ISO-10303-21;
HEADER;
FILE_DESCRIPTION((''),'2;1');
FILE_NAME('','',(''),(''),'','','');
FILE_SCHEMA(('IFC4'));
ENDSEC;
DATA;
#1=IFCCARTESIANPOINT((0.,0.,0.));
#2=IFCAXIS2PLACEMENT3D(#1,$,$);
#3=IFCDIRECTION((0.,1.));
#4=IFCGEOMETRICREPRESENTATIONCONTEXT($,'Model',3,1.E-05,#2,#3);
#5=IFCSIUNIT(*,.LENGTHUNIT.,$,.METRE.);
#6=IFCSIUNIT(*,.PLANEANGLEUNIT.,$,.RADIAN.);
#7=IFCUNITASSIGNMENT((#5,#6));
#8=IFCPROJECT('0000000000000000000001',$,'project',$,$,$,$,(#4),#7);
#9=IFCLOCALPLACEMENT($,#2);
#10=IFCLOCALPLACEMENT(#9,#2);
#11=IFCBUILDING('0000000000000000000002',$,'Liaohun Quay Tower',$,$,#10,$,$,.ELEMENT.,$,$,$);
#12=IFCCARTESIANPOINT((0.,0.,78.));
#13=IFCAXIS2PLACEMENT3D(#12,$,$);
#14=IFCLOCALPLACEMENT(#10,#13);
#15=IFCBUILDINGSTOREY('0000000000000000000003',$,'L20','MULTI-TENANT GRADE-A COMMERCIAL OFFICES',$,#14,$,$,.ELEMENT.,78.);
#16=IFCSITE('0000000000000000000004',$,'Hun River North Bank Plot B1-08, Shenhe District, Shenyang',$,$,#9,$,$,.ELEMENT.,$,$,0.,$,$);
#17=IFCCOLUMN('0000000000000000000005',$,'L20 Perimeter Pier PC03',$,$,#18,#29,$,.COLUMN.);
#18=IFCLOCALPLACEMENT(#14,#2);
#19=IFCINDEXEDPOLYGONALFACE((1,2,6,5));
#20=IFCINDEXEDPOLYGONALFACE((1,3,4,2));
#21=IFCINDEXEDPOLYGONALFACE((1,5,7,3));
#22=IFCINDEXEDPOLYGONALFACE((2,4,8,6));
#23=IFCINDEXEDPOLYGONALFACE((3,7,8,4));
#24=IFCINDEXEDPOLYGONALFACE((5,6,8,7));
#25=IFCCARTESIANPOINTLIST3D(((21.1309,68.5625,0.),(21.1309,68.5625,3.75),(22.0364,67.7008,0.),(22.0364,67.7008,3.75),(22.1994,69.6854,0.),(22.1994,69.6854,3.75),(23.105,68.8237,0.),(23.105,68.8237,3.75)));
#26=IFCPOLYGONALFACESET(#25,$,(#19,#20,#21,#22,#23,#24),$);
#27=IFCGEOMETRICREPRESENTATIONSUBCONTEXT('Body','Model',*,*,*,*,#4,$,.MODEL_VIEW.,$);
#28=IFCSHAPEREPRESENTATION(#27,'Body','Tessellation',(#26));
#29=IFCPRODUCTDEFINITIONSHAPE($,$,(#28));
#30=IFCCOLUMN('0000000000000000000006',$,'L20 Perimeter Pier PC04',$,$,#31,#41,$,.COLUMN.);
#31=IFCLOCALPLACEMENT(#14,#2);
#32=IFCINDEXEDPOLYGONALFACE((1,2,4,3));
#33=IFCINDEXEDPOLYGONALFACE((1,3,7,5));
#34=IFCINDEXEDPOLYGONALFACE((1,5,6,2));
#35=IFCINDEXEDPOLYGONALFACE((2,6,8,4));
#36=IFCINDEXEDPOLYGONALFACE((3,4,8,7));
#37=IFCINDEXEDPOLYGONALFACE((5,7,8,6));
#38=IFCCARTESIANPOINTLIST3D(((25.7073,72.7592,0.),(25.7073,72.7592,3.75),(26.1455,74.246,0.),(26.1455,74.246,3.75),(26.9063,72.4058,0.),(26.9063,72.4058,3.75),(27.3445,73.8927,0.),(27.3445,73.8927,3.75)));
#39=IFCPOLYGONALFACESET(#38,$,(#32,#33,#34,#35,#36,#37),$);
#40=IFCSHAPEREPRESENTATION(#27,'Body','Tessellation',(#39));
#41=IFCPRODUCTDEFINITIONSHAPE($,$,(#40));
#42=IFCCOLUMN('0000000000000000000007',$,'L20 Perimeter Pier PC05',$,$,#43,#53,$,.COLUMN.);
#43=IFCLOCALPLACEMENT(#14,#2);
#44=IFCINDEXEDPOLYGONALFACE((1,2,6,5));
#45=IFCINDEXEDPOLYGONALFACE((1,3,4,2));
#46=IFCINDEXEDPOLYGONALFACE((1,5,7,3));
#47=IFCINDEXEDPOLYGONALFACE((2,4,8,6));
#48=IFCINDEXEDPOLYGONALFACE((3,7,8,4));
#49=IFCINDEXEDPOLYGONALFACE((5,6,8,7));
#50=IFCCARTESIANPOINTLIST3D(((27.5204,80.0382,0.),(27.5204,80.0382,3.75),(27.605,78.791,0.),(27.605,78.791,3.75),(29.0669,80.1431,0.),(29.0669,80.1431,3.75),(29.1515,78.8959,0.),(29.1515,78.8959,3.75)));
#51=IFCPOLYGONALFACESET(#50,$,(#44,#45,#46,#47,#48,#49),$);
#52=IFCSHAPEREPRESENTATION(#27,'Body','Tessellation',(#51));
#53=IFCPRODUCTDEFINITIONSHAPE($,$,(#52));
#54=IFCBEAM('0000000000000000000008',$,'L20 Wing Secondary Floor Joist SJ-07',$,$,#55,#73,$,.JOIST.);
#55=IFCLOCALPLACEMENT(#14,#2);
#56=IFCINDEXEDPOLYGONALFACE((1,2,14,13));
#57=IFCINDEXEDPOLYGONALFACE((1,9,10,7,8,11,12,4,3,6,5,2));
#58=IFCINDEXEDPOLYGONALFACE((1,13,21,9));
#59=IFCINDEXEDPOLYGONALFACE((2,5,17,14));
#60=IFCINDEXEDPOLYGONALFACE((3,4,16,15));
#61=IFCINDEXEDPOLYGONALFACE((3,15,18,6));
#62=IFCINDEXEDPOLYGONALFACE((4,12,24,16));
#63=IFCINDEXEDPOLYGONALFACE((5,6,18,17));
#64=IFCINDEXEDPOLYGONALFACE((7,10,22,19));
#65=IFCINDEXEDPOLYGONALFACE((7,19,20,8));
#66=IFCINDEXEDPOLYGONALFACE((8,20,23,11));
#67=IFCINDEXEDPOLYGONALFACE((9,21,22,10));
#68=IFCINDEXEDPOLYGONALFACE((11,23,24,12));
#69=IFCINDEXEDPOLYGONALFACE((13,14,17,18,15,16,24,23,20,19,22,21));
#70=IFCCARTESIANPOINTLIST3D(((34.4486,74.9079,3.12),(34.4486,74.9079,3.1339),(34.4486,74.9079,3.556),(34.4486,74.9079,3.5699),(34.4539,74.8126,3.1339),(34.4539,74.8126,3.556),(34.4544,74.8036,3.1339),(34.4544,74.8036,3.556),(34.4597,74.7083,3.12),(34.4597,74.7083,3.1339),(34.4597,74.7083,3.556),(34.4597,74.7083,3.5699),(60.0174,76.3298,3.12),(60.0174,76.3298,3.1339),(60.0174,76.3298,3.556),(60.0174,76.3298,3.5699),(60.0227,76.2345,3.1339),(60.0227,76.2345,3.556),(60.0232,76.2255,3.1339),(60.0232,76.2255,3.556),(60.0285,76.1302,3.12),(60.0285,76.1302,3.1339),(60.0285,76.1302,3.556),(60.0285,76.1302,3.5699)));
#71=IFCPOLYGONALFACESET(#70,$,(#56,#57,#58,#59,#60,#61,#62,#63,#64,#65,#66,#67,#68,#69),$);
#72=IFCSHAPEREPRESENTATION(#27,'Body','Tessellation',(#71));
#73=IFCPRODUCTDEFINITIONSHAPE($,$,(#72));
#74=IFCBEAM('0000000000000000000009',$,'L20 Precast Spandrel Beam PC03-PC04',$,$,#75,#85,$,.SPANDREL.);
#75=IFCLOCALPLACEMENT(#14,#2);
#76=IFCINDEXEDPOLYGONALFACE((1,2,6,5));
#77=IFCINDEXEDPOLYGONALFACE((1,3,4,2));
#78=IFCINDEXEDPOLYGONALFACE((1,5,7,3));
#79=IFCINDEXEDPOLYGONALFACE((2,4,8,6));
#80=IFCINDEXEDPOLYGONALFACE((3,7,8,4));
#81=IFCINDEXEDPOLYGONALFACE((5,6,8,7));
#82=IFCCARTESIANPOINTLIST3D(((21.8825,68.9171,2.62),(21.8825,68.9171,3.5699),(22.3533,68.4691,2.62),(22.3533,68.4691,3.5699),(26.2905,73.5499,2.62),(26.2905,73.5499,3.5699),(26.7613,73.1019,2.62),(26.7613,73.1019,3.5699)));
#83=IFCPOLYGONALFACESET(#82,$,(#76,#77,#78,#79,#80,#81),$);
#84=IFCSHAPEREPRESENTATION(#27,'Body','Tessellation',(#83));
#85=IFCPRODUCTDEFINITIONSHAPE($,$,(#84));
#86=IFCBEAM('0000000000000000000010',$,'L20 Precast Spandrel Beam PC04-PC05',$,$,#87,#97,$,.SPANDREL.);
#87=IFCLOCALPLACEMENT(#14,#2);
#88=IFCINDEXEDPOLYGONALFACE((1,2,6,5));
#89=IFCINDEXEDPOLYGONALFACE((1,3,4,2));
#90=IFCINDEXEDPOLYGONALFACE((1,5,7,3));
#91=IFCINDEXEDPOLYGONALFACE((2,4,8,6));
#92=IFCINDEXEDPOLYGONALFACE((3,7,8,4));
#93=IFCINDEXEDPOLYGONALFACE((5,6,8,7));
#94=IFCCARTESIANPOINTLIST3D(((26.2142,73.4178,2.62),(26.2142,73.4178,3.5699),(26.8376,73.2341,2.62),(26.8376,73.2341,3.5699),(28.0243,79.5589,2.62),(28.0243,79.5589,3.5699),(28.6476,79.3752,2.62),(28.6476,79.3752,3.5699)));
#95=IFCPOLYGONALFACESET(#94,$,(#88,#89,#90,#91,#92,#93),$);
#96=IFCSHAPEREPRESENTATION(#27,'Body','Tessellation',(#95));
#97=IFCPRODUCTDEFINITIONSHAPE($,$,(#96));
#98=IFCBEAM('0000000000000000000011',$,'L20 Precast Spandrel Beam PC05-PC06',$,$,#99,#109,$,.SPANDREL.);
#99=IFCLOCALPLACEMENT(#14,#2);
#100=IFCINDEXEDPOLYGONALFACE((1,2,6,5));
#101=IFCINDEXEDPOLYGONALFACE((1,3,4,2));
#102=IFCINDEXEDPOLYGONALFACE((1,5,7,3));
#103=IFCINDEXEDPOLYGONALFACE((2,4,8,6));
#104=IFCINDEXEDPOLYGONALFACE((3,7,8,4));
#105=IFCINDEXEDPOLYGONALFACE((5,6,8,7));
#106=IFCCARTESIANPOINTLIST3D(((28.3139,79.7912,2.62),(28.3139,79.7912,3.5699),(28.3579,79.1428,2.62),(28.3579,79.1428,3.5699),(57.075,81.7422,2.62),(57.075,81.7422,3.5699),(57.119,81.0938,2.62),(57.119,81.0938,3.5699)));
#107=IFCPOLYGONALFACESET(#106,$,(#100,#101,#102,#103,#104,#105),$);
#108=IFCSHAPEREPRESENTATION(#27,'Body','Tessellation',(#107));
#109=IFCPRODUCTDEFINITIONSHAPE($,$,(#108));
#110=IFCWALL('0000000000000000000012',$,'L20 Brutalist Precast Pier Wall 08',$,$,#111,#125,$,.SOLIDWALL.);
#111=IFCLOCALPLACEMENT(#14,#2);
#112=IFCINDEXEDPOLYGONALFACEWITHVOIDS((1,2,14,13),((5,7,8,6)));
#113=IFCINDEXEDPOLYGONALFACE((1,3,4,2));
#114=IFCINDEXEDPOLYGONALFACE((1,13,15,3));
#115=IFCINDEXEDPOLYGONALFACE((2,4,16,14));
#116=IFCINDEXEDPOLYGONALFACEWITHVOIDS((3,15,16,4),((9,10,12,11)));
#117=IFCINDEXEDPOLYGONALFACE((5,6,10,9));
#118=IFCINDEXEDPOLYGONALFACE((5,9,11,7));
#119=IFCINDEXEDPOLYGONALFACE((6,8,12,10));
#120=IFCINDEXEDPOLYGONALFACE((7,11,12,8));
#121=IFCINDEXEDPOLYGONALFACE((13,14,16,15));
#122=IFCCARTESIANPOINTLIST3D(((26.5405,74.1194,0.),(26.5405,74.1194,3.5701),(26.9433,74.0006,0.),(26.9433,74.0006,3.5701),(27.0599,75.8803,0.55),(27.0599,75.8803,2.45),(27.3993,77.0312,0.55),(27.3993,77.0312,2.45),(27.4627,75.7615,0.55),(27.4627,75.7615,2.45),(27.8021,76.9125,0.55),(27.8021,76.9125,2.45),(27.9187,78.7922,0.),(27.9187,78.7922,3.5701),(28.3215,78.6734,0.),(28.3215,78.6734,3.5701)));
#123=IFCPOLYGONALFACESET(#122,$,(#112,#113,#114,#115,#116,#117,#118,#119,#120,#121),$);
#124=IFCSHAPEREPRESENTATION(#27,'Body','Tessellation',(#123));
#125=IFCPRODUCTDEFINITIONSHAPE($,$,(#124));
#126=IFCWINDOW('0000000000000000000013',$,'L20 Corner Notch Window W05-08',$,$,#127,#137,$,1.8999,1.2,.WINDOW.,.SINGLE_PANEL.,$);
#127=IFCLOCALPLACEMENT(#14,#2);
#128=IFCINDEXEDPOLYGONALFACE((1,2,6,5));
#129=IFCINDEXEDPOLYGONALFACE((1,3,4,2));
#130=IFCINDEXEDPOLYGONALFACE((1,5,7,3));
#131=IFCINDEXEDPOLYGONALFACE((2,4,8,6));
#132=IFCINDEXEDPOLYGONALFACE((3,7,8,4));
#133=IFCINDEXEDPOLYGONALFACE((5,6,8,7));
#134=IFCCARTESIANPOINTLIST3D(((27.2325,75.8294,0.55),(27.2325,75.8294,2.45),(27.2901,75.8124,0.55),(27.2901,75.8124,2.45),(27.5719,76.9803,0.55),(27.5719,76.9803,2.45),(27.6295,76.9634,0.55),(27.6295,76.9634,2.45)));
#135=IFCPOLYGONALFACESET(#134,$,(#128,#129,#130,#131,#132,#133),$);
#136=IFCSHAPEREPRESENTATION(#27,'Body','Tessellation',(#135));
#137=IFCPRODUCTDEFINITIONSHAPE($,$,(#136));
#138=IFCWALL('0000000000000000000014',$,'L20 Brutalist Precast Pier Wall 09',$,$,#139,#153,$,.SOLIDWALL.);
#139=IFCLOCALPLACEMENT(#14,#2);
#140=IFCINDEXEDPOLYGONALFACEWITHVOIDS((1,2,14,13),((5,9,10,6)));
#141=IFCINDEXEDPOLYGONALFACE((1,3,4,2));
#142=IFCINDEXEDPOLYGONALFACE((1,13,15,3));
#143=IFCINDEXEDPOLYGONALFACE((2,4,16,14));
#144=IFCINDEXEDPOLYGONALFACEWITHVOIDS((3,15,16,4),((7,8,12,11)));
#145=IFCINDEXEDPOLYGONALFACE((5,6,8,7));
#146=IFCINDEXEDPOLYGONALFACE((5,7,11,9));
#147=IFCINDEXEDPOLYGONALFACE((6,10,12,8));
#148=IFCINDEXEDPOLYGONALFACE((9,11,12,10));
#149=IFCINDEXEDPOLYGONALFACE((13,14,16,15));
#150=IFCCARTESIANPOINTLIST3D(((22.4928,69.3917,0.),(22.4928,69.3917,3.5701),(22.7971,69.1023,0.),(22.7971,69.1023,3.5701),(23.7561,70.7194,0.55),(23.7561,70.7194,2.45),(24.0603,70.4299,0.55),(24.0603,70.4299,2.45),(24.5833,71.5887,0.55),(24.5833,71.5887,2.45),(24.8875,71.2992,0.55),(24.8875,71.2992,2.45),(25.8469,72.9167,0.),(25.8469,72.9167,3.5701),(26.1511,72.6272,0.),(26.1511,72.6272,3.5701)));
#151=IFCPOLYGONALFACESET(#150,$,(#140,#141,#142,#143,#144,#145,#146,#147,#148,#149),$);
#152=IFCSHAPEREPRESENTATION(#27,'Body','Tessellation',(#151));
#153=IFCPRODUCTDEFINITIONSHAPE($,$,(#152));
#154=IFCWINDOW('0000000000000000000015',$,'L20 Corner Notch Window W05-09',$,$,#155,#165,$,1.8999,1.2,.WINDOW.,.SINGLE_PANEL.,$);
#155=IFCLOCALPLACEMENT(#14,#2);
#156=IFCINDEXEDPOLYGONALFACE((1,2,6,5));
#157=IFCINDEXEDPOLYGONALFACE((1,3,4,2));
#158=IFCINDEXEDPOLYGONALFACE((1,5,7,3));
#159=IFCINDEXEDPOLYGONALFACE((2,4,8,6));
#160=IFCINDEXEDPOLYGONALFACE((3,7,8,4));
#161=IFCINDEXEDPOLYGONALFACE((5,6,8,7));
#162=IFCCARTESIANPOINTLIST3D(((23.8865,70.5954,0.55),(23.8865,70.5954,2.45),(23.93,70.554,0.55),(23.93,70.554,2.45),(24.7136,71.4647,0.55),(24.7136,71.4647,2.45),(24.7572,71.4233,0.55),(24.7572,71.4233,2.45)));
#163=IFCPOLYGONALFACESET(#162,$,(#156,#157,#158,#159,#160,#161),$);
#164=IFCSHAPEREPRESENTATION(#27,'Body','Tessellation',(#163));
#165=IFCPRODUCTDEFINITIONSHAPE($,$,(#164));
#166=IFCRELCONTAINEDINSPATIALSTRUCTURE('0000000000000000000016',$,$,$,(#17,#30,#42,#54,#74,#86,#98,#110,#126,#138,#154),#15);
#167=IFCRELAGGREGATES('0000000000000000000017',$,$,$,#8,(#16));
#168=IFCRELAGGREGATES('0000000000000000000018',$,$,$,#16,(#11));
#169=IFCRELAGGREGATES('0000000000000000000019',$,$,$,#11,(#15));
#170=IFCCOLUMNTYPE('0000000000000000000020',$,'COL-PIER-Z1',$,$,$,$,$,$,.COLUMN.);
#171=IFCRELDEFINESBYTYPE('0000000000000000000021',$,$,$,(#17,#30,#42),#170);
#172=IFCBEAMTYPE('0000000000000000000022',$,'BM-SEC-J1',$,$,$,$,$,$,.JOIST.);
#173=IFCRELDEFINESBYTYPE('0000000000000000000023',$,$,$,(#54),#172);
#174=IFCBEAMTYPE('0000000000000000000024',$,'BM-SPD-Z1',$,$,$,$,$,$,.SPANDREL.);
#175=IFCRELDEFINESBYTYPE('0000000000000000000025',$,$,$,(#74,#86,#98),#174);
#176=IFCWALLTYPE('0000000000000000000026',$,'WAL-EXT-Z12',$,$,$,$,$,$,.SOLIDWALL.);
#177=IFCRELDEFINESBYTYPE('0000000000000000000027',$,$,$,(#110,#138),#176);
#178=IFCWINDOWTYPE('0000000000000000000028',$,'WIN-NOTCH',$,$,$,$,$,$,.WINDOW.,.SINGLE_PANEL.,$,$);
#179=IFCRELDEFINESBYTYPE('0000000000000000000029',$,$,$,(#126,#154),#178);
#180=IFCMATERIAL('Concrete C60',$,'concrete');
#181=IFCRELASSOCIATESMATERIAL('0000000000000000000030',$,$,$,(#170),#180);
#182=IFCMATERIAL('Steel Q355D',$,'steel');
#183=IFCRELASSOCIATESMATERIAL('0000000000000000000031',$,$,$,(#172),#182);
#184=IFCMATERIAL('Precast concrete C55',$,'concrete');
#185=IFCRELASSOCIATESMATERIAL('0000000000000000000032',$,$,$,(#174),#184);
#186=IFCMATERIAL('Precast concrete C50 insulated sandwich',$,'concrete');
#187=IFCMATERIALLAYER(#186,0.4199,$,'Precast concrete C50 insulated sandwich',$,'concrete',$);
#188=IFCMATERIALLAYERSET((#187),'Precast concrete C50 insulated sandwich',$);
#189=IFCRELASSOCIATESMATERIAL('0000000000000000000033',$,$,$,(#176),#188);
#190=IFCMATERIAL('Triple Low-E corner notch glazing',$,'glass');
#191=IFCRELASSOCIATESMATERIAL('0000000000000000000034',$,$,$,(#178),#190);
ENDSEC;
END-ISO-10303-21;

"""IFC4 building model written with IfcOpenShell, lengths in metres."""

from ifc_helpers import new_model, si_unit, direction, frame, frame_2d, origin, origin_2d, place, context, subcontext, project, spatial, rectangle, i_section, extrude, source, transform, mapped, material, layer, layer_set, material_profile, profile_set, type_object, element, fill, save


model = new_model("IFC4")

# Units and contexts
model_context = context("Model", 3, precision=1e-05, world=origin(), true_north=direction((0.0, 1.0)))
body_context = subcontext(model_context, "Body", "Model", "MODEL_VIEW")
ifc_project = project(units=[si_unit("LENGTHUNIT", "METRE"), si_unit("PLANEANGLEUNIT", "RADIAN")], contexts=[model_context])

# Site, building, storey
site_placement = place(None, origin())
site = spatial("IfcSite", under=ifc_project, at=site_placement, Name="Hun River North Bank Plot B1-08, Shenhe District, Shenyang", CompositionType="ELEMENT", RefElevation=0.0)
building_placement = place(site_placement, origin())
building = spatial("IfcBuilding", under=site, at=building_placement, Name="Liaohun Quay Tower", CompositionType="ELEMENT")
storey_placement = place(building_placement, frame((0.0, 0.0, 78.0)))
storey = spatial("IfcBuildingStorey", under=building, at=storey_placement, Name="L20", Description="MULTI-TENANT GRADE-A COMMERCIAL OFFICES", CompositionType="ELEMENT", Elevation=78.0)

# Columns
ifc_material_1 = material(Name="Concrete C60", Category="concrete")
ifc_material_profile_1 = material_profile(ifc_material_1, rectangle(XDim=1.55, YDim=1.25, at=origin_2d()), Name="RC1550x1250")
ifc_profile_set_1 = profile_set([ifc_material_profile_1], Name="Concrete C60")
column_type = type_object("IfcColumnType", Name="COL-PIER-Z1", PredefinedType="COLUMN", material=ifc_profile_set_1)
shared_shape_1 = source(origin(), body_context, "Body", "SweptSolid", [
    extrude(rectangle(XDim=1.55, YDim=1.25, at=origin_2d()), origin(), (0.0, 0.0, 1.0), 3.75),
])
for number, where, z_axis, x_axis, name in (
    (1, (22.1179, 68.6931, 0.0), (0.0, 0.0, 1.0), (0.689367, 0.724413, 0.0), "L20 Perimeter Pier PC03"),
    (2, (26.5259, 73.3259, 0.0), (0.0, 0.0, 1.0), (0.282676, 0.959215, 0.0), "L20 Perimeter Pier PC04"),
    (3, (28.3359, 79.467, 0.0), (0.0, 0.0, 1.0), (0.997708, 0.067667, 0.0), "L20 Perimeter Pier PC05"),
):
    element("IfcColumn", number, at=place(storey_placement, frame(where, z_axis=z_axis, x_axis=x_axis)), inside=storey, type_object=column_type, Name=name, PredefinedType="COLUMN", context=body_context, shape_type="MappedRepresentation", body=[
        mapped(shared_shape_1, transform((0.0, 0.0, 0.0), x_axis=(1.0, 0.0, 0.0), y_axis=(0.0, 1.0, 0.0), z_axis=(0.0, 0.0, 1.0), scale=1.0)),
    ])

# Beams
ifc_material_2 = material(Name="Steel Q355D", Category="steel")
ifc_material_profile_2 = material_profile(ifc_material_2, i_section(OverallWidth=0.2, OverallDepth=0.45, WebThickness=0.009, FlangeThickness=0.0139, at=origin_2d()), Name="HN450x200x9x14")
ifc_profile_set_2 = profile_set([ifc_material_profile_2], Name="Steel Q355D")
beam_type_1 = type_object("IfcBeamType", Name="BM-SEC-J1", PredefinedType="JOIST", material=ifc_profile_set_2)
shared_shape_2 = source(origin(), body_context, "Body", "SweptSolid", [
    extrude(i_section(OverallWidth=0.2, OverallDepth=0.45, WebThickness=0.009, FlangeThickness=0.0139, at=origin_2d()), origin(), (0.0, 0.0, 1.0), 25.6084),
])
beam_1_placement = place(storey_placement, frame((34.4541, 74.8081, 3.345), z_axis=(0.998457, 0.055524, 0.0), x_axis=(-0.055524, 0.998457, 0.0)))
element("IfcBeam", 4, at=beam_1_placement, inside=storey, type_object=beam_type_1, Name="L20 Wing Secondary Floor Joist SJ-07", PredefinedType="JOIST", context=body_context, shape_type="MappedRepresentation", body=[
    mapped(shared_shape_2, transform((0.0, 0.0, 0.0), x_axis=(1.0, 0.0, 0.0), y_axis=(0.0, 1.0, 0.0), z_axis=(0.0, 0.0, 1.0), scale=1.0)),
])
ifc_material_3 = material(Name="Precast concrete C55", Category="concrete")
ifc_material_profile_3 = material_profile(ifc_material_3, rectangle(XDim=0.6499, YDim=0.95, at=origin_2d()), Name="RC650x950")
ifc_profile_set_3 = profile_set([ifc_material_profile_3], Name="Precast concrete C55")
beam_type_2 = type_object("IfcBeamType", Name="BM-SPD-Z1", PredefinedType="SPANDREL", material=ifc_profile_set_3)
shared_shape_3 = source(origin(), body_context, "Body", "SweptSolid", [
    extrude(rectangle(XDim=0.6499, YDim=0.95, at=origin_2d()), origin(), (0.0, 0.0, 1.0), 6.3948),
])
beam_2_placement = place(storey_placement, frame((22.1179, 68.6931, 3.095), z_axis=(0.689307, 0.724469, 0.0), x_axis=(-0.724469, 0.689307, 0.0)))
element("IfcBeam", 5, at=beam_2_placement, inside=storey, type_object=beam_type_2, Name="L20 Precast Spandrel Beam PC03-PC04", PredefinedType="SPANDREL", context=body_context, shape_type="MappedRepresentation", body=[
    mapped(shared_shape_3, transform((0.0, 0.0, 0.0), x_axis=(1.0, 0.0, 0.0), y_axis=(0.0, 1.0, 0.0), z_axis=(0.0, 0.0, 1.0), scale=1.0)),
])
shared_shape_4 = source(origin(), body_context, "Body", "SweptSolid", [
    extrude(rectangle(XDim=0.6499, YDim=0.95, at=origin_2d()), origin(), (0.0, 0.0, 1.0), 6.4023),
])
beam_3_placement = place(storey_placement, frame((26.5259, 73.3259, 3.095), z_axis=(0.28272, 0.959203, 0.0), x_axis=(-0.959203, 0.28272, 0.0)))
element("IfcBeam", 6, at=beam_3_placement, inside=storey, type_object=beam_type_2, Name="L20 Precast Spandrel Beam PC04-PC05", PredefinedType="SPANDREL", context=body_context, shape_type="MappedRepresentation", body=[
    mapped(shared_shape_4, transform((0.0, 0.0, 0.0), x_axis=(1.0, 0.0, 0.0), y_axis=(0.0, 1.0, 0.0), z_axis=(0.0, 0.0, 1.0), scale=1.0)),
])
shared_shape_5 = source(origin(), body_context, "Body", "SweptSolid", [
    extrude(rectangle(XDim=0.6499, YDim=0.95, at=origin_2d()), origin(), (0.0, 0.0, 1.0), 28.8271),
])
beam_4_placement = place(storey_placement, frame((28.3359, 79.467, 3.095), z_axis=(0.997707, 0.067677, 0.0), x_axis=(-0.067677, 0.997707, 0.0)))
element("IfcBeam", 7, at=beam_4_placement, inside=storey, type_object=beam_type_2, Name="L20 Precast Spandrel Beam PC05-PC06", PredefinedType="SPANDREL", context=body_context, shape_type="MappedRepresentation", body=[
    mapped(shared_shape_5, transform((0.0, 0.0, 0.0), x_axis=(1.0, 0.0, 0.0), y_axis=(0.0, 1.0, 0.0), z_axis=(0.0, 0.0, 1.0), scale=1.0)),
])

# Walls, openings, windows
ifc_material_4 = material(Name="Precast concrete C50 insulated sandwich", Category="concrete")
ifc_layer_1 = layer(ifc_material_4, 0.4199, Name="Precast concrete C50 insulated sandwich", Category="concrete")
ifc_layer_set_1 = layer_set([ifc_layer_1], Name="Precast concrete C50 insulated sandwich")
wall_type_1 = type_object("IfcWallType", Name="WAL-EXT-Z12", PredefinedType="SOLIDWALL", material=ifc_layer_set_1)
wall_1_placement = place(storey_placement, frame((28.1201, 78.7329, 0.0), z_axis=(0.0, 0.0, 1.0), x_axis=(-0.282885, -0.959154, 0.0)))
wall_1 = element("IfcWall", 8, at=wall_1_placement, inside=storey, type_object=wall_type_1, Name="L20 Brutalist Precast Pier Wall 08", PredefinedType="SOLIDWALL", context=body_context, shape_type="SweptSolid", body=[
    extrude(rectangle(XDim=4.8718, YDim=0.4199, at=frame_2d((2.436, 0.0))), origin(), (0.0, 0.0, 1.0), 3.5701),
])
shared_shape_6 = source(origin(), body_context, "Body", "SweptSolid", [
    extrude(rectangle(XDim=1.2, YDim=1.8999, at=frame_2d((0.6001, 0.95))), frame((0.0, 0.22, 0.0), z_axis=(0.0, -1.0, 0.0), x_axis=(1.0, 0.0, 0.0)), (0.0, 0.0, 1.0), 0.4399),
])
opening_1_placement = place(wall_1_placement, frame((1.8359, 0.0, 0.55)))
opening_1 = element("IfcOpeningElement", 9, at=opening_1_placement, cuts=wall_1, PredefinedType="OPENING", context=body_context, shape_type="MappedRepresentation", body=[
    mapped(shared_shape_6, transform((0.0, 0.0, 0.0), x_axis=(1.0, 0.0, 0.0), y_axis=(0.0, 1.0, 0.0), z_axis=(0.0, 0.0, 1.0), scale=1.0)),
])
ifc_material_5 = material(Name="Triple Low-E corner notch glazing", Category="glass")
window_type_1 = type_object("IfcWindowType", Name="WIN-NOTCH", PartitioningType="SINGLE_PANEL", PredefinedType="WINDOW", material=ifc_material_5)
shared_shape_7 = source(origin(), body_context, "Body", "SweptSolid", [
    extrude(rectangle(XDim=1.2, YDim=1.8999, at=frame_2d((0.6001, 0.95))), frame((0.0, 0.03, 0.0), z_axis=(0.0, -1.0, 0.0), x_axis=(1.0, 0.0, 0.0)), (0.0, 0.0, 1.0), 0.0601),
])
window_1_placement = place(opening_1_placement, origin())
window_1 = element("IfcWindow", 10, at=window_1_placement, inside=storey, type_object=window_type_1, Name="L20 Corner Notch Window W05-08", OverallHeight=1.8999, OverallWidth=1.2, PartitioningType="SINGLE_PANEL", PredefinedType="WINDOW", context=body_context, shape_type="MappedRepresentation", body=[
    mapped(shared_shape_7, transform((0.0, 0.0, 0.0), x_axis=(1.0, 0.0, 0.0), y_axis=(0.0, 1.0, 0.0), z_axis=(0.0, 0.0, 1.0), scale=1.0)),
])
fill(opening_1, window_1)
wall_2_placement = place(storey_placement, frame((25.999, 72.772, 0.0), z_axis=(0.0, 0.0, 1.0), x_axis=(-0.689327, -0.72445, 0.0)))
wall_2 = element("IfcWall", 11, at=wall_2_placement, inside=storey, type_object=wall_type_1, Name="L20 Brutalist Precast Pier Wall 09", PredefinedType="SOLIDWALL", context=body_context, shape_type="SweptSolid", body=[
    extrude(rectangle(XDim=4.8657, YDim=0.4199, at=frame_2d((2.4329, 0.0))), origin(), (0.0, 0.0, 1.0), 3.5701),
])
opening_2_placement = place(wall_2_placement, frame((1.833, 0.0, 0.55)))
opening_2 = element("IfcOpeningElement", 12, at=opening_2_placement, cuts=wall_2, PredefinedType="OPENING", context=body_context, shape_type="MappedRepresentation", body=[
    mapped(shared_shape_6, transform((0.0, 0.0, 0.0), x_axis=(1.0, 0.0, 0.0), y_axis=(0.0, 1.0, 0.0), z_axis=(0.0, 0.0, 1.0), scale=1.0)),
])
window_2_placement = place(opening_2_placement, origin())
window_2 = element("IfcWindow", 13, at=window_2_placement, inside=storey, type_object=window_type_1, Name="L20 Corner Notch Window W05-09", OverallHeight=1.8999, OverallWidth=1.2, PartitioningType="SINGLE_PANEL", PredefinedType="WINDOW", context=body_context, shape_type="MappedRepresentation", body=[
    mapped(shared_shape_7, transform((0.0, 0.0, 0.0), x_axis=(1.0, 0.0, 0.0), y_axis=(0.0, 1.0, 0.0), z_axis=(0.0, 0.0, 1.0), scale=1.0)),
])
fill(opening_2, window_2)

save(model, "model.ifc")
